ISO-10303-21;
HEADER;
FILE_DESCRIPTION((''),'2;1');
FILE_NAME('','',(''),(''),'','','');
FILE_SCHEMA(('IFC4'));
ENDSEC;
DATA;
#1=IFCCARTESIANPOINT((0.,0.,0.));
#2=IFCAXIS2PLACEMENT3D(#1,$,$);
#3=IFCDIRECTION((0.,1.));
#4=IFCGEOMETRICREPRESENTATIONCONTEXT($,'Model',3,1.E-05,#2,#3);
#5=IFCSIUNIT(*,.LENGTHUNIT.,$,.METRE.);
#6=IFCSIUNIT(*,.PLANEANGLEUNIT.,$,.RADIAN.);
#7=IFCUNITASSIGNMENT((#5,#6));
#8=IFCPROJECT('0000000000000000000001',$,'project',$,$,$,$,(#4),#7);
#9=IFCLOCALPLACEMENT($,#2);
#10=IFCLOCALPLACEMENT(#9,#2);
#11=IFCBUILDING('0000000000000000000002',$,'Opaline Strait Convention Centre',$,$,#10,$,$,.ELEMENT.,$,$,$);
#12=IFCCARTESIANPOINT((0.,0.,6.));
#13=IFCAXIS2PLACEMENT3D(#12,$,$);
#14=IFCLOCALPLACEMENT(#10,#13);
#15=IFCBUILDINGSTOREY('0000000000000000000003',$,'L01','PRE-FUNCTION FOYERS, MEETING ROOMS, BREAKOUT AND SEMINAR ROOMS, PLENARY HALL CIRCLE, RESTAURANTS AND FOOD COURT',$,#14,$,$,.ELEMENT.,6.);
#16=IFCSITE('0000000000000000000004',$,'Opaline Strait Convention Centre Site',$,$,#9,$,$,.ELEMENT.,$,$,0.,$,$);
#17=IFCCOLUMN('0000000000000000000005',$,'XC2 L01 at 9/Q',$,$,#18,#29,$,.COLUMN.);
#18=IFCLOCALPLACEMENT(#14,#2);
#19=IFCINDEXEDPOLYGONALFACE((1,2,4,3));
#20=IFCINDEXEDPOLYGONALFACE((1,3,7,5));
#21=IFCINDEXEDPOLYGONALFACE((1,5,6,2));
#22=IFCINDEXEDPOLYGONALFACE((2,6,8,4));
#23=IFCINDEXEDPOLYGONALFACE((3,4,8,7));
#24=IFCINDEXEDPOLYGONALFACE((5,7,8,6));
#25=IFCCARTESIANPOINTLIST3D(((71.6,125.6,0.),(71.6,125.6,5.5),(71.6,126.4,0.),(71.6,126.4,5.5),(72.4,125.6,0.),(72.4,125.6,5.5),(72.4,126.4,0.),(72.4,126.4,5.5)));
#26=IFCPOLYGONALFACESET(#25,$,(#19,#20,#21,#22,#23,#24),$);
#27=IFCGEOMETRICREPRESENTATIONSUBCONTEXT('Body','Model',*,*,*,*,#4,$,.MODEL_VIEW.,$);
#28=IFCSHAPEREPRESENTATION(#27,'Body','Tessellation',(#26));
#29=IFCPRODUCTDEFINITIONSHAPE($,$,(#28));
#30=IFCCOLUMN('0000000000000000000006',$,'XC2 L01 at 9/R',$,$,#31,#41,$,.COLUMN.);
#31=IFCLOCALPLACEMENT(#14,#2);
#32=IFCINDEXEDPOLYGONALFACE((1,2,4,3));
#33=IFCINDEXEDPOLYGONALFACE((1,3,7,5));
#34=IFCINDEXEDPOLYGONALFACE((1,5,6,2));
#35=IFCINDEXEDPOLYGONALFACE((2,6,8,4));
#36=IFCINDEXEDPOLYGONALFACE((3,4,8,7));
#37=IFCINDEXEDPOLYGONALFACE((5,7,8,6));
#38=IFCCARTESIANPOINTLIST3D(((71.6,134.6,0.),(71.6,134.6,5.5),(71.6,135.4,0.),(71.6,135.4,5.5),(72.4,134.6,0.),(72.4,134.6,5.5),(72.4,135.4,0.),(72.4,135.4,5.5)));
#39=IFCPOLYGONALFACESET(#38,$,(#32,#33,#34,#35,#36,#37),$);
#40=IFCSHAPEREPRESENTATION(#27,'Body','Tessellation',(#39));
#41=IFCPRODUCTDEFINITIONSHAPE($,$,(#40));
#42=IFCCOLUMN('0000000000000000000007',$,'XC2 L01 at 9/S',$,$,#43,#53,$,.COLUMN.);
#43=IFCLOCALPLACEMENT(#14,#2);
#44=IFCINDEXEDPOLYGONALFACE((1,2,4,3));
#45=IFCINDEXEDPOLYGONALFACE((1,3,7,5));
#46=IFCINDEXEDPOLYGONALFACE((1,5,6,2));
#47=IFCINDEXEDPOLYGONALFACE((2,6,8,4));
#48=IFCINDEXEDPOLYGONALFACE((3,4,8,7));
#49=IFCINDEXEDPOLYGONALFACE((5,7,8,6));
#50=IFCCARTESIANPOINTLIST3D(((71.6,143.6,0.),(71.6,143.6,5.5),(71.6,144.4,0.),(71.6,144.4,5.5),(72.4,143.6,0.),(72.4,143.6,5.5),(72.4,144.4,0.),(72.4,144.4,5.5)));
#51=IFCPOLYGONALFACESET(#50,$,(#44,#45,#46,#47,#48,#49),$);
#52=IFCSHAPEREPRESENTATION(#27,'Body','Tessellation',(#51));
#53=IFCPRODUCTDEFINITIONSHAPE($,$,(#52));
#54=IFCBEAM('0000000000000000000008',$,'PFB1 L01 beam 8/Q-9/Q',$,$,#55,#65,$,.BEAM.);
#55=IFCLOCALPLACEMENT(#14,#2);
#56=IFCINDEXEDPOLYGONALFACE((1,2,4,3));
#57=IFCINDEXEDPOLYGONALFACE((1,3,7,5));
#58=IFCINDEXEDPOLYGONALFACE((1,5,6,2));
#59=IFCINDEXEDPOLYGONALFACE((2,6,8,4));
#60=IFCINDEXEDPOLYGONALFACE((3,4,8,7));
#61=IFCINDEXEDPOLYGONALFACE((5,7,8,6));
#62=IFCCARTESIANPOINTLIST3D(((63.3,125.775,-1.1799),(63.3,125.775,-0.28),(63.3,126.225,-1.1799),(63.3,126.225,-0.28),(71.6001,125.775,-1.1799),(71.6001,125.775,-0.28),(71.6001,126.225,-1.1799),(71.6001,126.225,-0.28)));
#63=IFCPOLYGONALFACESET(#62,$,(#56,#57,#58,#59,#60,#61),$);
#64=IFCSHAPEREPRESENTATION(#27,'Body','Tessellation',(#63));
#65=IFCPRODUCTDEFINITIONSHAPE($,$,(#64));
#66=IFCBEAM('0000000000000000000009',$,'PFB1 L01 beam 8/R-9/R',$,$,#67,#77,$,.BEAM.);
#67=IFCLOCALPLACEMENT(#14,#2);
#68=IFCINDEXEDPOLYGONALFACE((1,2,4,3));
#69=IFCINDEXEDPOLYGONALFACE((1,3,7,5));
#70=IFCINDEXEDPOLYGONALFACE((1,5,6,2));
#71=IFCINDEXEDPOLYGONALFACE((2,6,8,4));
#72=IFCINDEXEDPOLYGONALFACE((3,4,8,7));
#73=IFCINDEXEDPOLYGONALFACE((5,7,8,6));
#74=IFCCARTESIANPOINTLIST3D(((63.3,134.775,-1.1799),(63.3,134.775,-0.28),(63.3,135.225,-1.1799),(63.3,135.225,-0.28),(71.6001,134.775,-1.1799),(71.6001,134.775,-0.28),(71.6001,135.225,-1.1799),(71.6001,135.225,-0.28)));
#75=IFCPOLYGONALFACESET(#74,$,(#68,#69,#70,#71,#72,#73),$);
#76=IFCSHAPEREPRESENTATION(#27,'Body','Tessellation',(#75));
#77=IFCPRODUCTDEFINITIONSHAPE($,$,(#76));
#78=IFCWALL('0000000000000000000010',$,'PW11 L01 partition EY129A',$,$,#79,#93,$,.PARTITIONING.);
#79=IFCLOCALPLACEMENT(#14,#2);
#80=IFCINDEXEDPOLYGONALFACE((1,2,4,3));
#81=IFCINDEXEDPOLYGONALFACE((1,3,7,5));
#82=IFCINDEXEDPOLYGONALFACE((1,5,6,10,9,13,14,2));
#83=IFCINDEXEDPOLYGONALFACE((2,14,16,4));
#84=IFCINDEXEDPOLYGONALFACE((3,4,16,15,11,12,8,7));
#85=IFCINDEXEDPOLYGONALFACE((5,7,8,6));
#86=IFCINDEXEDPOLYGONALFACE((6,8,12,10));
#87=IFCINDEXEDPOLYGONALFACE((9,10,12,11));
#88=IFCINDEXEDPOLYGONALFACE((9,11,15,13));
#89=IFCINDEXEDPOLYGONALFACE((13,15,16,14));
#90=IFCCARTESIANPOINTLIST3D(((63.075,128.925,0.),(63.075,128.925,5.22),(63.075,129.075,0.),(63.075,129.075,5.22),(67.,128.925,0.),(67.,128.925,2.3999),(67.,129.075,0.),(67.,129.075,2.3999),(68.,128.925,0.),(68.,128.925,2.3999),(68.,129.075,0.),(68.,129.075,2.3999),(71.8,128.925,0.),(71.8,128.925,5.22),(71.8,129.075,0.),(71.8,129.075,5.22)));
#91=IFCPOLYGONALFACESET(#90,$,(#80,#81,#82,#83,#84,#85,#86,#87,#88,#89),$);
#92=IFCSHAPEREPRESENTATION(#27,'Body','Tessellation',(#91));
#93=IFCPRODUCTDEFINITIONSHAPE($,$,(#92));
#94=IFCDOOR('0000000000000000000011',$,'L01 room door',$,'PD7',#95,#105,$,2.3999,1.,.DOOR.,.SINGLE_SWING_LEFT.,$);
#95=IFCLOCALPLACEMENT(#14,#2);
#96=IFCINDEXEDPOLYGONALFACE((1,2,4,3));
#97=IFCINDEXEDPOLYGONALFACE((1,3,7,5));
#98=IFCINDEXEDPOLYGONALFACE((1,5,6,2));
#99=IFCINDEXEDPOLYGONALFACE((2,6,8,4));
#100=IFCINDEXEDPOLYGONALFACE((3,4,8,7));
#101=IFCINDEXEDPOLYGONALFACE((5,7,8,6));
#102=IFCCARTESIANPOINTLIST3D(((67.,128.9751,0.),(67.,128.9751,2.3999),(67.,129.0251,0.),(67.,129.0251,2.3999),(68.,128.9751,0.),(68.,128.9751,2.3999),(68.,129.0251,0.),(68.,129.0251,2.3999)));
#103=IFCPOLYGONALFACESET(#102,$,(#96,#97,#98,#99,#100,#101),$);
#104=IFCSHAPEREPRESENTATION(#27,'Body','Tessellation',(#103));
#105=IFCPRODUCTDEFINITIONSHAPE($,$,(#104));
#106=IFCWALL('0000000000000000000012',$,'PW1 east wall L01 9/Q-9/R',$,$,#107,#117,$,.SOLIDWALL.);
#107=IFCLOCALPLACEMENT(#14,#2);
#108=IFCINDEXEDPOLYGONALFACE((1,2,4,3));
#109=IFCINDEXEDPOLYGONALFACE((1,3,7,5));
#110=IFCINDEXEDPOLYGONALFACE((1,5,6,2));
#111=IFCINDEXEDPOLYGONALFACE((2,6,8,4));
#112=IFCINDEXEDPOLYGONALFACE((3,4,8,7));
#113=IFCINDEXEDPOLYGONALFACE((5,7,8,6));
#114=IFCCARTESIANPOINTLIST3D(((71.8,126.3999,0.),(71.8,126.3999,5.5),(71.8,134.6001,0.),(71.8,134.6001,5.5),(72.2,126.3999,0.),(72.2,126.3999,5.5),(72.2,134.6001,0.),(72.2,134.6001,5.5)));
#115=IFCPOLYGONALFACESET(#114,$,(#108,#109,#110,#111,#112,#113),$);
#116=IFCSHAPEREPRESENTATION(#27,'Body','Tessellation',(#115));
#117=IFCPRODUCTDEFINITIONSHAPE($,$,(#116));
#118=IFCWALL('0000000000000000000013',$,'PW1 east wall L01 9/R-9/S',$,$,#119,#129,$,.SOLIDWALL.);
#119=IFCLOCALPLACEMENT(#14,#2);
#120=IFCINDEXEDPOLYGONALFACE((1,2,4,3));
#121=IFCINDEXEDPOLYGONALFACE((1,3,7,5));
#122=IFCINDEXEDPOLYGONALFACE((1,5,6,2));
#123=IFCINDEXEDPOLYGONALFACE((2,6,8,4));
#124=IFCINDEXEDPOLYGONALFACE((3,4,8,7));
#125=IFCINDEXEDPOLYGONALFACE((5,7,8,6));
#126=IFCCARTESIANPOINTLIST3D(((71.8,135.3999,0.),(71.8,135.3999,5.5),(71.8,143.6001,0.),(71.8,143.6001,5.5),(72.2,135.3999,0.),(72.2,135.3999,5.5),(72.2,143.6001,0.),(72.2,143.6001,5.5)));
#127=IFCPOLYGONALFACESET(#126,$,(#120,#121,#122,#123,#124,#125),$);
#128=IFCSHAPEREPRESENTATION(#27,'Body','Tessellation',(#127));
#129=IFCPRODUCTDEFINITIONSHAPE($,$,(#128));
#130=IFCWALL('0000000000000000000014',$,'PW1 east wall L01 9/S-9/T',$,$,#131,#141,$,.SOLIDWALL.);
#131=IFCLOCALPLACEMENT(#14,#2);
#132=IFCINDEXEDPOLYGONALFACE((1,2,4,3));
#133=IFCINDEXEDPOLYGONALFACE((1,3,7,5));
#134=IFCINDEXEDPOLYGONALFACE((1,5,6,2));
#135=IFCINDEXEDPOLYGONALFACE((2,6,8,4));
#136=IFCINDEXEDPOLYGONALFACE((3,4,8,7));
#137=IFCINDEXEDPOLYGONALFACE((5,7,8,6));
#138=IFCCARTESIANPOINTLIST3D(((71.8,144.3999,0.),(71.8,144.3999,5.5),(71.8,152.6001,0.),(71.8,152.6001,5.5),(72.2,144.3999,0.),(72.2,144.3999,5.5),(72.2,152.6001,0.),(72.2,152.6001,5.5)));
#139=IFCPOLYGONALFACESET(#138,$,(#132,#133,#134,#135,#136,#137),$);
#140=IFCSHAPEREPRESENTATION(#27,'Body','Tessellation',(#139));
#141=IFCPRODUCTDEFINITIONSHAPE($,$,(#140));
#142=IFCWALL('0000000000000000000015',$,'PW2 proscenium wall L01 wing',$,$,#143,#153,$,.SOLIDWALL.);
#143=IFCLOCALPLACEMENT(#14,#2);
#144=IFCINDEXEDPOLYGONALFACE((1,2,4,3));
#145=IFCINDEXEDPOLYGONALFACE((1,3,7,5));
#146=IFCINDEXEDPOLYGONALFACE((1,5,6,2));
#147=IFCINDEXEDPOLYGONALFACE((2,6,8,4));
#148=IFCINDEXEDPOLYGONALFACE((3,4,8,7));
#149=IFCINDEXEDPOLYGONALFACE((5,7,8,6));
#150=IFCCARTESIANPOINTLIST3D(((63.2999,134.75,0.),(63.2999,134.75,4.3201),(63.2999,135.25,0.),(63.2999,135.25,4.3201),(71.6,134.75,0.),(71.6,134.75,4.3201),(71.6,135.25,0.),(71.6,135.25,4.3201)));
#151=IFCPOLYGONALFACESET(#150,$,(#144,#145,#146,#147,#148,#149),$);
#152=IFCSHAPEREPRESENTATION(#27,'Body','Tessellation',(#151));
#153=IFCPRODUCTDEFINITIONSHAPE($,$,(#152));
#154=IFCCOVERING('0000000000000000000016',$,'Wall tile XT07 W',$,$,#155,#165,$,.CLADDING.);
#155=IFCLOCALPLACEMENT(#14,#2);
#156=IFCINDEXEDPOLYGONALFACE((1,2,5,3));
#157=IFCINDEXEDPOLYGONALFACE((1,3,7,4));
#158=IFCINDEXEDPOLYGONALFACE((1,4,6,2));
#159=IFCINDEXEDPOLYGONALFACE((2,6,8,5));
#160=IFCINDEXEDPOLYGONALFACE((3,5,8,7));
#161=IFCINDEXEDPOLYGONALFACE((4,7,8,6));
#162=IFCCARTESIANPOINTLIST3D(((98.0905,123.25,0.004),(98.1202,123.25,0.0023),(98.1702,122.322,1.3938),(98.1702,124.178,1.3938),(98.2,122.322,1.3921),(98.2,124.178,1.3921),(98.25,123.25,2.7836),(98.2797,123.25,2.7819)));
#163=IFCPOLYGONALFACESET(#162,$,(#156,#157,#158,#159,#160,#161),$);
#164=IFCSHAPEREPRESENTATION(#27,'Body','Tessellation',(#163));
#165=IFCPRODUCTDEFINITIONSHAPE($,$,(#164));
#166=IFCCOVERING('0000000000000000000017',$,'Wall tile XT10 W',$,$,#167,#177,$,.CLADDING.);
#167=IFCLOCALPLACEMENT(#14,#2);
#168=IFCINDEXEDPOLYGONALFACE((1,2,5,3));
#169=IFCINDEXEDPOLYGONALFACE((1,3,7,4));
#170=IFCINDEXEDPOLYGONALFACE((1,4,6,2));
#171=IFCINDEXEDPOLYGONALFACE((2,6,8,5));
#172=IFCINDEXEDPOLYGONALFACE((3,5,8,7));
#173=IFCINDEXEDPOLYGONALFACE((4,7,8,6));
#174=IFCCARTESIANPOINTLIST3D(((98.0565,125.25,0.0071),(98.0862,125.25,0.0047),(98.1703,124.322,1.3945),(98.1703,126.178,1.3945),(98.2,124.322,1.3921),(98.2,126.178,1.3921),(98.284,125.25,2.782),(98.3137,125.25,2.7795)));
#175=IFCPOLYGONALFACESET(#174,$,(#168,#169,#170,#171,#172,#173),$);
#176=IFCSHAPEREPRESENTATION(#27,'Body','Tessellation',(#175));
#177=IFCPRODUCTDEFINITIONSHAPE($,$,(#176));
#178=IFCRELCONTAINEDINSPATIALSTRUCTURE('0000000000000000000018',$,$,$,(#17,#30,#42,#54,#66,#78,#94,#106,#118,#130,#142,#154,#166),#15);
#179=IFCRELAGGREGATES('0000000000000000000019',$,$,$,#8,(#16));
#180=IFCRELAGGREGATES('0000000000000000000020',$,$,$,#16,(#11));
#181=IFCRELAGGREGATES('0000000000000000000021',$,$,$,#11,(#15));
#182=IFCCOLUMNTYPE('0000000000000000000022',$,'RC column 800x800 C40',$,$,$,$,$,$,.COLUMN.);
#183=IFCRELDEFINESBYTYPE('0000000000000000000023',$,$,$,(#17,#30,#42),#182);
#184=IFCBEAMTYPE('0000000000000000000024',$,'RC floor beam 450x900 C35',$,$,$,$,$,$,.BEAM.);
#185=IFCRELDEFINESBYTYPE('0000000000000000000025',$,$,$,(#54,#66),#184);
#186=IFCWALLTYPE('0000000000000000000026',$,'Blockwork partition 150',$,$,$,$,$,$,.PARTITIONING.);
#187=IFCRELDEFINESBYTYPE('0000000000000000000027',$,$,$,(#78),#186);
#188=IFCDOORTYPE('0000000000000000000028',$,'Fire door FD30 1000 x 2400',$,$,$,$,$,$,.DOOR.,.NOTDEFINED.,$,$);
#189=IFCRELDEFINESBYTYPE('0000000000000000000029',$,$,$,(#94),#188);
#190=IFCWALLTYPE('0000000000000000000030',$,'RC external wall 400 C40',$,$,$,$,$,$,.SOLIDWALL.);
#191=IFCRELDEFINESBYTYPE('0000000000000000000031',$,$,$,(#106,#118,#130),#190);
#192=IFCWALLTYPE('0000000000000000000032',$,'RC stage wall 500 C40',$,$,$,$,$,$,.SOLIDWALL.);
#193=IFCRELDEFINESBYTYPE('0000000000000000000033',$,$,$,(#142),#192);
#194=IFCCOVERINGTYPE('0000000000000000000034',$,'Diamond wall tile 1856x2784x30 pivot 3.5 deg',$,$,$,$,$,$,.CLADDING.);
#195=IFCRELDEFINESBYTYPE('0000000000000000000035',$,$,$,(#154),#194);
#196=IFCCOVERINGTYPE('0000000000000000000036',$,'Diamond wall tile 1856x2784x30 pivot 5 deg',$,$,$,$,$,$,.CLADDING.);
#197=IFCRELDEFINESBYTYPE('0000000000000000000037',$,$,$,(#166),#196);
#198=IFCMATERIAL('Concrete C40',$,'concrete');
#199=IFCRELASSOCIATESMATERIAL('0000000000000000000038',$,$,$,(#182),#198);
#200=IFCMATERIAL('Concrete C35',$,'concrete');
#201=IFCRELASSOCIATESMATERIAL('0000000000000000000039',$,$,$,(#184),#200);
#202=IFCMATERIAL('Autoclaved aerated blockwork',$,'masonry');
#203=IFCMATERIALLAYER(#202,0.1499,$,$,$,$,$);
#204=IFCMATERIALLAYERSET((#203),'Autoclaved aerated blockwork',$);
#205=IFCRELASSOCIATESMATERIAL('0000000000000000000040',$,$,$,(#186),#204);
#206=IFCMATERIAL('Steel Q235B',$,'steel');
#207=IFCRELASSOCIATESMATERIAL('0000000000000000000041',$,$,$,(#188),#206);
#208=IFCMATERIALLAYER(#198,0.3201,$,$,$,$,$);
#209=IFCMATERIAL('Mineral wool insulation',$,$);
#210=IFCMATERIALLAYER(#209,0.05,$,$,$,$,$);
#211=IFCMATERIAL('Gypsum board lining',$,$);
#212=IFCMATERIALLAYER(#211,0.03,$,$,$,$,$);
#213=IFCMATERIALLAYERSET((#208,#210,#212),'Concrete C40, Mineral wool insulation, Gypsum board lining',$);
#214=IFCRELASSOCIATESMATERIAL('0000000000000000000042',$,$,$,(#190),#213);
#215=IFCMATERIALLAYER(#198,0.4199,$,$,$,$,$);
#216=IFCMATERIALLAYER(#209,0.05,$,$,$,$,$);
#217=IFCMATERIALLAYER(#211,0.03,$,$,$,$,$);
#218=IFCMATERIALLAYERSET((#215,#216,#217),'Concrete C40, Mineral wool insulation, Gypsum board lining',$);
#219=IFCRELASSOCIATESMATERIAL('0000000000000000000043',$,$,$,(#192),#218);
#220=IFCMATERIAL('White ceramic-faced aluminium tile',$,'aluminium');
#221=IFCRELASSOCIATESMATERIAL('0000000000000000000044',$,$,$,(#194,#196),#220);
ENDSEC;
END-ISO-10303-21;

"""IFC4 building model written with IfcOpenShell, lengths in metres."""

from ifc_helpers import new_model, si_unit, direction, frame, frame_2d, origin, origin_2d, place, context, subcontext, project, spatial, polyline, rectangle, outline, extrude, material, layer, layer_set, material_profile, profile_set, type_object, element, fill, save


model = new_model("IFC4")

# Units and contexts
model_context = context("Model", 3, precision=1e-05, world=origin(), true_north=direction((0.0, 1.0)))
body_context = subcontext(model_context, "Body", "Model", "MODEL_VIEW")
ifc_project = project(units=[si_unit("LENGTHUNIT", "METRE"), si_unit("PLANEANGLEUNIT", "RADIAN")], contexts=[model_context])

# Site, building, storey
site_placement = place(None, origin())
site = spatial("IfcSite", under=ifc_project, at=site_placement, Name="Opaline Strait Convention Centre Site", CompositionType="ELEMENT", RefElevation=0.0)
building_placement = place(site_placement, origin())
building = spatial("IfcBuilding", under=site, at=building_placement, Name="Opaline Strait Convention Centre", CompositionType="ELEMENT")
storey_placement = place(building_placement, frame((0.0, 0.0, 6.0)))
storey = spatial("IfcBuildingStorey", under=building, at=storey_placement, Name="L01", Description="PRE-FUNCTION FOYERS, MEETING ROOMS, BREAKOUT AND SEMINAR ROOMS, PLENARY HALL CIRCLE, RESTAURANTS AND FOOD COURT", CompositionType="ELEMENT", Elevation=6.0)

# Columns
ifc_material_1 = material(Name="Concrete C40", Category="concrete")
ifc_material_profile_1 = material_profile(ifc_material_1, rectangle(XDim=0.8, YDim=0.8, at=origin_2d()), Name="RC 800x800")
ifc_profile_set_1 = profile_set([ifc_material_profile_1], Name="Concrete C40")
column_type = type_object("IfcColumnType", Name="RC column 800x800 C40", PredefinedType="COLUMN", material=ifc_profile_set_1)
for number, where, z_axis, x_axis, name in (
    (1, (72.0, 126.0, 0.0), (0.0, 0.0, 1.0), (1.0, 0.0, 0.0), "XC2 L01 at 9/Q"),
    (2, (72.0, 135.0, 0.0), (0.0, 0.0, 1.0), (1.0, 0.0, 0.0), "XC2 L01 at 9/R"),
    (3, (72.0, 144.0, 0.0), (0.0, 0.0, 1.0), (1.0, 0.0, 0.0), "XC2 L01 at 9/S"),
):
    element("IfcColumn", number, at=place(storey_placement, frame(where, z_axis=z_axis, x_axis=x_axis)), inside=storey, type_object=column_type, Name=name, PredefinedType="COLUMN", context=body_context, shape_type="SweptSolid", body=[
        extrude(rectangle(XDim=0.8, YDim=0.8, at=origin_2d()), origin(), (0.0, 0.0, 1.0), 5.5),
    ])

# Beams
ifc_material_2 = material(Name="Concrete C35", Category="concrete")
ifc_material_profile_2 = material_profile(ifc_material_2, rectangle(XDim=0.45, YDim=0.8999, at=origin_2d()), Name="RC 450x900")
ifc_profile_set_2 = profile_set([ifc_material_profile_2], Name="Concrete C35")
beam_type = type_object("IfcBeamType", Name="RC floor beam 450x900 C35", PredefinedType="BEAM", material=ifc_profile_set_2)
for number, where, z_axis, x_axis, name in (
    (4, (63.3, 126.0, -0.73), (1.0, 0.0, 0.0), (0.0, 1.0, 0.0), "PFB1 L01 beam 8/Q-9/Q"),
    (5, (63.3, 135.0, -0.73), (1.0, 0.0, 0.0), (0.0, 1.0, 0.0), "PFB1 L01 beam 8/R-9/R"),
):
    element("IfcBeam", number, at=place(storey_placement, frame(where, z_axis=z_axis, x_axis=x_axis)), inside=storey, type_object=beam_type, Name=name, PredefinedType="BEAM", context=body_context, shape_type="SweptSolid", body=[
        extrude(rectangle(XDim=0.45, YDim=0.8999, at=origin_2d()), origin(), (0.0, 0.0, 1.0), 8.3),
    ])

# Wall, opening, door
ifc_material_3 = material(Name="Autoclaved aerated blockwork", Category="masonry")
ifc_layer_1 = layer(ifc_material_3, 0.1499)
ifc_layer_set_1 = layer_set([ifc_layer_1], Name="Autoclaved aerated blockwork")
wall_type_1 = type_object("IfcWallType", Name="Blockwork partition 150", PredefinedType="PARTITIONING", material=ifc_layer_set_1)
wall_1_placement = place(storey_placement, frame((71.8, 129.0, 0.0), z_axis=(0.0, 0.0, 1.0), x_axis=(-1.0, 0.0, 0.0)))
wall_1 = element("IfcWall", 6, at=wall_1_placement, inside=storey, type_object=wall_type_1, Name="PW11 L01 partition EY129A", PredefinedType="PARTITIONING", context=body_context, shape_type="SweptSolid", body=[
    extrude(rectangle(XDim=8.7251, YDim=0.1499, at=frame_2d((4.3625, 0.0))), origin(), (0.0, 0.0, 1.0), 5.22),
])
opening_1_placement = place(wall_1_placement, frame((3.8, 0.0, 0.0)))
opening_1 = element("IfcOpeningElement", 7, at=opening_1_placement, cuts=wall_1, PredefinedType="OPENING", context=body_context, shape_type="SweptSolid", body=[
    extrude(rectangle(XDim=1.0, YDim=2.3999, at=frame_2d((0.5, 1.2))), frame((0.0, 0.085, 0.0), z_axis=(0.0, -1.0, 0.0), x_axis=(1.0, 0.0, 0.0)), (0.0, 0.0, 1.0), 0.1699),
])
ifc_material_4 = material(Name="Steel Q235B", Category="steel")
door_type_1 = type_object("IfcDoorType", Name="Fire door FD30 1000 x 2400", OperationType="NOTDEFINED", PredefinedType="DOOR", material=ifc_material_4)
door_1_placement = place(opening_1_placement, origin())
door_1 = element("IfcDoor", 8, at=door_1_placement, inside=storey, type_object=door_type_1, Name="L01 room door", ObjectType="PD7", OperationType="SINGLE_SWING_LEFT", OverallHeight=2.3999, OverallWidth=1.0, PredefinedType="DOOR", context=body_context, shape_type="SweptSolid", body=[
    extrude(rectangle(XDim=1.0, YDim=2.3999, at=frame_2d((0.5, 1.2))), frame((0.0, 0.0249, 0.0), z_axis=(0.0, -1.0, 0.0), x_axis=(1.0, 0.0, 0.0)), (0.0, 0.0, 1.0), 0.05),
])
fill(opening_1, door_1)

# Walls
ifc_layer_2 = layer(ifc_material_1, 0.3201)
ifc_material_5 = material(Name="Mineral wool insulation")
ifc_layer_3 = layer(ifc_material_5, 0.05)
ifc_material_6 = material(Name="Gypsum board lining")
ifc_layer_4 = layer(ifc_material_6, 0.03)
ifc_layer_set_2 = layer_set([ifc_layer_2, ifc_layer_3, ifc_layer_4], Name="Concrete C40, Mineral wool insulation, Gypsum board lining")
wall_type_2 = type_object("IfcWallType", Name="RC external wall 400 C40", PredefinedType="SOLIDWALL", material=ifc_layer_set_2)
for number, where, z_axis, x_axis, name in (
    (9, (72.0, 126.3999, 0.0), (0.0, 0.0, 1.0), (0.0, 1.0, 0.0), "PW1 east wall L01 9/Q-9/R"),
    (10, (72.0, 135.3999, 0.0), (0.0, 0.0, 1.0), (0.0, 1.0, 0.0), "PW1 east wall L01 9/R-9/S"),
    (11, (72.0, 144.3999, 0.0), (0.0, 0.0, 1.0), (0.0, 1.0, 0.0), "PW1 east wall L01 9/S-9/T"),
):
    element("IfcWall", number, at=place(storey_placement, frame(where, z_axis=z_axis, x_axis=x_axis)), inside=storey, type_object=wall_type_2, Name=name, PredefinedType="SOLIDWALL", context=body_context, shape_type="SweptSolid", body=[
        extrude(rectangle(XDim=8.2002, YDim=0.3999, at=frame_2d((4.1001, 0.0))), origin(), (0.0, 0.0, 1.0), 5.5),
    ])
ifc_layer_5 = layer(ifc_material_1, 0.4199)
ifc_layer_6 = layer(ifc_material_5, 0.05)
ifc_layer_7 = layer(ifc_material_6, 0.03)
ifc_layer_set_3 = layer_set([ifc_layer_5, ifc_layer_6, ifc_layer_7], Name="Concrete C40, Mineral wool insulation, Gypsum board lining")
wall_type_3 = type_object("IfcWallType", Name="RC stage wall 500 C40", PredefinedType="SOLIDWALL", material=ifc_layer_set_3)
wall_2_placement = place(storey_placement, frame((63.3, 135.0, 0.0), z_axis=(0.0, 0.0, 1.0), x_axis=(1.0, 0.0, 0.0)))
element("IfcWall", 12, at=wall_2_placement, inside=storey, type_object=wall_type_3, Name="PW2 proscenium wall L01 wing", PredefinedType="SOLIDWALL", context=body_context, shape_type="SweptSolid", body=[
    extrude(rectangle(XDim=8.3, YDim=0.5, at=frame_2d((4.1499, 0.0))), origin(), (0.0, 0.0, 1.0), 4.3201),
])

# Coverings
ifc_material_7 = material(Name="White ceramic-faced aluminium tile", Category="aluminium")
ifc_material_profile_3 = material_profile(ifc_material_7, outline(polyline([(0.928, 0.0), (0.0, 1.3921), (-0.928, 0.0), (0.0, -1.3921), (0.928, 0.0)])), Name="Diamond tile 1856x2784")
ifc_profile_set_3 = profile_set([ifc_material_profile_3], Name="White ceramic-faced aluminium tile")
covering_type_1 = type_object("IfcCoveringType", Name="Diamond wall tile 1856x2784x30 pivot 3.5 deg", PredefinedType="CLADDING", material=ifc_profile_set_3)
covering_1_placement = place(storey_placement, frame((98.2, 123.25, 1.3921), z_axis=(-0.998358, 0.0, 0.057283), x_axis=(0.0, -1.0, 0.0)))
element("IfcCovering", 13, at=covering_1_placement, inside=storey, type_object=covering_type_1, Name="Wall tile XT07 W", PredefinedType="CLADDING", context=body_context, shape_type="SweptSolid", body=[
    extrude(outline(polyline([(0.928, 0.0), (0.0, 1.3921), (-0.928, 0.0), (0.0, -1.3921), (0.928, 0.0)])), origin(), (0.0, 0.0, 1.0), 0.0298),
])
ifc_material_profile_4 = material_profile(ifc_material_7, outline(polyline([(0.928, 0.0), (0.0, 1.3921), (-0.928, 0.0), (0.0, -1.3921), (0.928, 0.0)])), Name="Diamond tile 1856x2784")
ifc_profile_set_4 = profile_set([ifc_material_profile_4], Name="White ceramic-faced aluminium tile")
covering_type_2 = type_object("IfcCoveringType", Name="Diamond wall tile 1856x2784x30 pivot 5 deg", PredefinedType="CLADDING", material=ifc_profile_set_4)
covering_2_placement = place(storey_placement, frame((98.2, 125.25, 1.3921), z_axis=(-0.996658, 0.0, 0.081693), x_axis=(0.0, -1.0, 0.0)))
element("IfcCovering", 14, at=covering_2_placement, inside=storey, type_object=covering_type_2, Name="Wall tile XT10 W", PredefinedType="CLADDING", context=body_context, shape_type="SweptSolid", body=[
    extrude(outline(polyline([(0.928, 0.0), (0.0, 1.3921), (-0.928, 0.0), (0.0, -1.3921), (0.928, 0.0)])), origin(), (0.0, 0.0, 1.0), 0.0298),
])

save(model, "model.ifc")
